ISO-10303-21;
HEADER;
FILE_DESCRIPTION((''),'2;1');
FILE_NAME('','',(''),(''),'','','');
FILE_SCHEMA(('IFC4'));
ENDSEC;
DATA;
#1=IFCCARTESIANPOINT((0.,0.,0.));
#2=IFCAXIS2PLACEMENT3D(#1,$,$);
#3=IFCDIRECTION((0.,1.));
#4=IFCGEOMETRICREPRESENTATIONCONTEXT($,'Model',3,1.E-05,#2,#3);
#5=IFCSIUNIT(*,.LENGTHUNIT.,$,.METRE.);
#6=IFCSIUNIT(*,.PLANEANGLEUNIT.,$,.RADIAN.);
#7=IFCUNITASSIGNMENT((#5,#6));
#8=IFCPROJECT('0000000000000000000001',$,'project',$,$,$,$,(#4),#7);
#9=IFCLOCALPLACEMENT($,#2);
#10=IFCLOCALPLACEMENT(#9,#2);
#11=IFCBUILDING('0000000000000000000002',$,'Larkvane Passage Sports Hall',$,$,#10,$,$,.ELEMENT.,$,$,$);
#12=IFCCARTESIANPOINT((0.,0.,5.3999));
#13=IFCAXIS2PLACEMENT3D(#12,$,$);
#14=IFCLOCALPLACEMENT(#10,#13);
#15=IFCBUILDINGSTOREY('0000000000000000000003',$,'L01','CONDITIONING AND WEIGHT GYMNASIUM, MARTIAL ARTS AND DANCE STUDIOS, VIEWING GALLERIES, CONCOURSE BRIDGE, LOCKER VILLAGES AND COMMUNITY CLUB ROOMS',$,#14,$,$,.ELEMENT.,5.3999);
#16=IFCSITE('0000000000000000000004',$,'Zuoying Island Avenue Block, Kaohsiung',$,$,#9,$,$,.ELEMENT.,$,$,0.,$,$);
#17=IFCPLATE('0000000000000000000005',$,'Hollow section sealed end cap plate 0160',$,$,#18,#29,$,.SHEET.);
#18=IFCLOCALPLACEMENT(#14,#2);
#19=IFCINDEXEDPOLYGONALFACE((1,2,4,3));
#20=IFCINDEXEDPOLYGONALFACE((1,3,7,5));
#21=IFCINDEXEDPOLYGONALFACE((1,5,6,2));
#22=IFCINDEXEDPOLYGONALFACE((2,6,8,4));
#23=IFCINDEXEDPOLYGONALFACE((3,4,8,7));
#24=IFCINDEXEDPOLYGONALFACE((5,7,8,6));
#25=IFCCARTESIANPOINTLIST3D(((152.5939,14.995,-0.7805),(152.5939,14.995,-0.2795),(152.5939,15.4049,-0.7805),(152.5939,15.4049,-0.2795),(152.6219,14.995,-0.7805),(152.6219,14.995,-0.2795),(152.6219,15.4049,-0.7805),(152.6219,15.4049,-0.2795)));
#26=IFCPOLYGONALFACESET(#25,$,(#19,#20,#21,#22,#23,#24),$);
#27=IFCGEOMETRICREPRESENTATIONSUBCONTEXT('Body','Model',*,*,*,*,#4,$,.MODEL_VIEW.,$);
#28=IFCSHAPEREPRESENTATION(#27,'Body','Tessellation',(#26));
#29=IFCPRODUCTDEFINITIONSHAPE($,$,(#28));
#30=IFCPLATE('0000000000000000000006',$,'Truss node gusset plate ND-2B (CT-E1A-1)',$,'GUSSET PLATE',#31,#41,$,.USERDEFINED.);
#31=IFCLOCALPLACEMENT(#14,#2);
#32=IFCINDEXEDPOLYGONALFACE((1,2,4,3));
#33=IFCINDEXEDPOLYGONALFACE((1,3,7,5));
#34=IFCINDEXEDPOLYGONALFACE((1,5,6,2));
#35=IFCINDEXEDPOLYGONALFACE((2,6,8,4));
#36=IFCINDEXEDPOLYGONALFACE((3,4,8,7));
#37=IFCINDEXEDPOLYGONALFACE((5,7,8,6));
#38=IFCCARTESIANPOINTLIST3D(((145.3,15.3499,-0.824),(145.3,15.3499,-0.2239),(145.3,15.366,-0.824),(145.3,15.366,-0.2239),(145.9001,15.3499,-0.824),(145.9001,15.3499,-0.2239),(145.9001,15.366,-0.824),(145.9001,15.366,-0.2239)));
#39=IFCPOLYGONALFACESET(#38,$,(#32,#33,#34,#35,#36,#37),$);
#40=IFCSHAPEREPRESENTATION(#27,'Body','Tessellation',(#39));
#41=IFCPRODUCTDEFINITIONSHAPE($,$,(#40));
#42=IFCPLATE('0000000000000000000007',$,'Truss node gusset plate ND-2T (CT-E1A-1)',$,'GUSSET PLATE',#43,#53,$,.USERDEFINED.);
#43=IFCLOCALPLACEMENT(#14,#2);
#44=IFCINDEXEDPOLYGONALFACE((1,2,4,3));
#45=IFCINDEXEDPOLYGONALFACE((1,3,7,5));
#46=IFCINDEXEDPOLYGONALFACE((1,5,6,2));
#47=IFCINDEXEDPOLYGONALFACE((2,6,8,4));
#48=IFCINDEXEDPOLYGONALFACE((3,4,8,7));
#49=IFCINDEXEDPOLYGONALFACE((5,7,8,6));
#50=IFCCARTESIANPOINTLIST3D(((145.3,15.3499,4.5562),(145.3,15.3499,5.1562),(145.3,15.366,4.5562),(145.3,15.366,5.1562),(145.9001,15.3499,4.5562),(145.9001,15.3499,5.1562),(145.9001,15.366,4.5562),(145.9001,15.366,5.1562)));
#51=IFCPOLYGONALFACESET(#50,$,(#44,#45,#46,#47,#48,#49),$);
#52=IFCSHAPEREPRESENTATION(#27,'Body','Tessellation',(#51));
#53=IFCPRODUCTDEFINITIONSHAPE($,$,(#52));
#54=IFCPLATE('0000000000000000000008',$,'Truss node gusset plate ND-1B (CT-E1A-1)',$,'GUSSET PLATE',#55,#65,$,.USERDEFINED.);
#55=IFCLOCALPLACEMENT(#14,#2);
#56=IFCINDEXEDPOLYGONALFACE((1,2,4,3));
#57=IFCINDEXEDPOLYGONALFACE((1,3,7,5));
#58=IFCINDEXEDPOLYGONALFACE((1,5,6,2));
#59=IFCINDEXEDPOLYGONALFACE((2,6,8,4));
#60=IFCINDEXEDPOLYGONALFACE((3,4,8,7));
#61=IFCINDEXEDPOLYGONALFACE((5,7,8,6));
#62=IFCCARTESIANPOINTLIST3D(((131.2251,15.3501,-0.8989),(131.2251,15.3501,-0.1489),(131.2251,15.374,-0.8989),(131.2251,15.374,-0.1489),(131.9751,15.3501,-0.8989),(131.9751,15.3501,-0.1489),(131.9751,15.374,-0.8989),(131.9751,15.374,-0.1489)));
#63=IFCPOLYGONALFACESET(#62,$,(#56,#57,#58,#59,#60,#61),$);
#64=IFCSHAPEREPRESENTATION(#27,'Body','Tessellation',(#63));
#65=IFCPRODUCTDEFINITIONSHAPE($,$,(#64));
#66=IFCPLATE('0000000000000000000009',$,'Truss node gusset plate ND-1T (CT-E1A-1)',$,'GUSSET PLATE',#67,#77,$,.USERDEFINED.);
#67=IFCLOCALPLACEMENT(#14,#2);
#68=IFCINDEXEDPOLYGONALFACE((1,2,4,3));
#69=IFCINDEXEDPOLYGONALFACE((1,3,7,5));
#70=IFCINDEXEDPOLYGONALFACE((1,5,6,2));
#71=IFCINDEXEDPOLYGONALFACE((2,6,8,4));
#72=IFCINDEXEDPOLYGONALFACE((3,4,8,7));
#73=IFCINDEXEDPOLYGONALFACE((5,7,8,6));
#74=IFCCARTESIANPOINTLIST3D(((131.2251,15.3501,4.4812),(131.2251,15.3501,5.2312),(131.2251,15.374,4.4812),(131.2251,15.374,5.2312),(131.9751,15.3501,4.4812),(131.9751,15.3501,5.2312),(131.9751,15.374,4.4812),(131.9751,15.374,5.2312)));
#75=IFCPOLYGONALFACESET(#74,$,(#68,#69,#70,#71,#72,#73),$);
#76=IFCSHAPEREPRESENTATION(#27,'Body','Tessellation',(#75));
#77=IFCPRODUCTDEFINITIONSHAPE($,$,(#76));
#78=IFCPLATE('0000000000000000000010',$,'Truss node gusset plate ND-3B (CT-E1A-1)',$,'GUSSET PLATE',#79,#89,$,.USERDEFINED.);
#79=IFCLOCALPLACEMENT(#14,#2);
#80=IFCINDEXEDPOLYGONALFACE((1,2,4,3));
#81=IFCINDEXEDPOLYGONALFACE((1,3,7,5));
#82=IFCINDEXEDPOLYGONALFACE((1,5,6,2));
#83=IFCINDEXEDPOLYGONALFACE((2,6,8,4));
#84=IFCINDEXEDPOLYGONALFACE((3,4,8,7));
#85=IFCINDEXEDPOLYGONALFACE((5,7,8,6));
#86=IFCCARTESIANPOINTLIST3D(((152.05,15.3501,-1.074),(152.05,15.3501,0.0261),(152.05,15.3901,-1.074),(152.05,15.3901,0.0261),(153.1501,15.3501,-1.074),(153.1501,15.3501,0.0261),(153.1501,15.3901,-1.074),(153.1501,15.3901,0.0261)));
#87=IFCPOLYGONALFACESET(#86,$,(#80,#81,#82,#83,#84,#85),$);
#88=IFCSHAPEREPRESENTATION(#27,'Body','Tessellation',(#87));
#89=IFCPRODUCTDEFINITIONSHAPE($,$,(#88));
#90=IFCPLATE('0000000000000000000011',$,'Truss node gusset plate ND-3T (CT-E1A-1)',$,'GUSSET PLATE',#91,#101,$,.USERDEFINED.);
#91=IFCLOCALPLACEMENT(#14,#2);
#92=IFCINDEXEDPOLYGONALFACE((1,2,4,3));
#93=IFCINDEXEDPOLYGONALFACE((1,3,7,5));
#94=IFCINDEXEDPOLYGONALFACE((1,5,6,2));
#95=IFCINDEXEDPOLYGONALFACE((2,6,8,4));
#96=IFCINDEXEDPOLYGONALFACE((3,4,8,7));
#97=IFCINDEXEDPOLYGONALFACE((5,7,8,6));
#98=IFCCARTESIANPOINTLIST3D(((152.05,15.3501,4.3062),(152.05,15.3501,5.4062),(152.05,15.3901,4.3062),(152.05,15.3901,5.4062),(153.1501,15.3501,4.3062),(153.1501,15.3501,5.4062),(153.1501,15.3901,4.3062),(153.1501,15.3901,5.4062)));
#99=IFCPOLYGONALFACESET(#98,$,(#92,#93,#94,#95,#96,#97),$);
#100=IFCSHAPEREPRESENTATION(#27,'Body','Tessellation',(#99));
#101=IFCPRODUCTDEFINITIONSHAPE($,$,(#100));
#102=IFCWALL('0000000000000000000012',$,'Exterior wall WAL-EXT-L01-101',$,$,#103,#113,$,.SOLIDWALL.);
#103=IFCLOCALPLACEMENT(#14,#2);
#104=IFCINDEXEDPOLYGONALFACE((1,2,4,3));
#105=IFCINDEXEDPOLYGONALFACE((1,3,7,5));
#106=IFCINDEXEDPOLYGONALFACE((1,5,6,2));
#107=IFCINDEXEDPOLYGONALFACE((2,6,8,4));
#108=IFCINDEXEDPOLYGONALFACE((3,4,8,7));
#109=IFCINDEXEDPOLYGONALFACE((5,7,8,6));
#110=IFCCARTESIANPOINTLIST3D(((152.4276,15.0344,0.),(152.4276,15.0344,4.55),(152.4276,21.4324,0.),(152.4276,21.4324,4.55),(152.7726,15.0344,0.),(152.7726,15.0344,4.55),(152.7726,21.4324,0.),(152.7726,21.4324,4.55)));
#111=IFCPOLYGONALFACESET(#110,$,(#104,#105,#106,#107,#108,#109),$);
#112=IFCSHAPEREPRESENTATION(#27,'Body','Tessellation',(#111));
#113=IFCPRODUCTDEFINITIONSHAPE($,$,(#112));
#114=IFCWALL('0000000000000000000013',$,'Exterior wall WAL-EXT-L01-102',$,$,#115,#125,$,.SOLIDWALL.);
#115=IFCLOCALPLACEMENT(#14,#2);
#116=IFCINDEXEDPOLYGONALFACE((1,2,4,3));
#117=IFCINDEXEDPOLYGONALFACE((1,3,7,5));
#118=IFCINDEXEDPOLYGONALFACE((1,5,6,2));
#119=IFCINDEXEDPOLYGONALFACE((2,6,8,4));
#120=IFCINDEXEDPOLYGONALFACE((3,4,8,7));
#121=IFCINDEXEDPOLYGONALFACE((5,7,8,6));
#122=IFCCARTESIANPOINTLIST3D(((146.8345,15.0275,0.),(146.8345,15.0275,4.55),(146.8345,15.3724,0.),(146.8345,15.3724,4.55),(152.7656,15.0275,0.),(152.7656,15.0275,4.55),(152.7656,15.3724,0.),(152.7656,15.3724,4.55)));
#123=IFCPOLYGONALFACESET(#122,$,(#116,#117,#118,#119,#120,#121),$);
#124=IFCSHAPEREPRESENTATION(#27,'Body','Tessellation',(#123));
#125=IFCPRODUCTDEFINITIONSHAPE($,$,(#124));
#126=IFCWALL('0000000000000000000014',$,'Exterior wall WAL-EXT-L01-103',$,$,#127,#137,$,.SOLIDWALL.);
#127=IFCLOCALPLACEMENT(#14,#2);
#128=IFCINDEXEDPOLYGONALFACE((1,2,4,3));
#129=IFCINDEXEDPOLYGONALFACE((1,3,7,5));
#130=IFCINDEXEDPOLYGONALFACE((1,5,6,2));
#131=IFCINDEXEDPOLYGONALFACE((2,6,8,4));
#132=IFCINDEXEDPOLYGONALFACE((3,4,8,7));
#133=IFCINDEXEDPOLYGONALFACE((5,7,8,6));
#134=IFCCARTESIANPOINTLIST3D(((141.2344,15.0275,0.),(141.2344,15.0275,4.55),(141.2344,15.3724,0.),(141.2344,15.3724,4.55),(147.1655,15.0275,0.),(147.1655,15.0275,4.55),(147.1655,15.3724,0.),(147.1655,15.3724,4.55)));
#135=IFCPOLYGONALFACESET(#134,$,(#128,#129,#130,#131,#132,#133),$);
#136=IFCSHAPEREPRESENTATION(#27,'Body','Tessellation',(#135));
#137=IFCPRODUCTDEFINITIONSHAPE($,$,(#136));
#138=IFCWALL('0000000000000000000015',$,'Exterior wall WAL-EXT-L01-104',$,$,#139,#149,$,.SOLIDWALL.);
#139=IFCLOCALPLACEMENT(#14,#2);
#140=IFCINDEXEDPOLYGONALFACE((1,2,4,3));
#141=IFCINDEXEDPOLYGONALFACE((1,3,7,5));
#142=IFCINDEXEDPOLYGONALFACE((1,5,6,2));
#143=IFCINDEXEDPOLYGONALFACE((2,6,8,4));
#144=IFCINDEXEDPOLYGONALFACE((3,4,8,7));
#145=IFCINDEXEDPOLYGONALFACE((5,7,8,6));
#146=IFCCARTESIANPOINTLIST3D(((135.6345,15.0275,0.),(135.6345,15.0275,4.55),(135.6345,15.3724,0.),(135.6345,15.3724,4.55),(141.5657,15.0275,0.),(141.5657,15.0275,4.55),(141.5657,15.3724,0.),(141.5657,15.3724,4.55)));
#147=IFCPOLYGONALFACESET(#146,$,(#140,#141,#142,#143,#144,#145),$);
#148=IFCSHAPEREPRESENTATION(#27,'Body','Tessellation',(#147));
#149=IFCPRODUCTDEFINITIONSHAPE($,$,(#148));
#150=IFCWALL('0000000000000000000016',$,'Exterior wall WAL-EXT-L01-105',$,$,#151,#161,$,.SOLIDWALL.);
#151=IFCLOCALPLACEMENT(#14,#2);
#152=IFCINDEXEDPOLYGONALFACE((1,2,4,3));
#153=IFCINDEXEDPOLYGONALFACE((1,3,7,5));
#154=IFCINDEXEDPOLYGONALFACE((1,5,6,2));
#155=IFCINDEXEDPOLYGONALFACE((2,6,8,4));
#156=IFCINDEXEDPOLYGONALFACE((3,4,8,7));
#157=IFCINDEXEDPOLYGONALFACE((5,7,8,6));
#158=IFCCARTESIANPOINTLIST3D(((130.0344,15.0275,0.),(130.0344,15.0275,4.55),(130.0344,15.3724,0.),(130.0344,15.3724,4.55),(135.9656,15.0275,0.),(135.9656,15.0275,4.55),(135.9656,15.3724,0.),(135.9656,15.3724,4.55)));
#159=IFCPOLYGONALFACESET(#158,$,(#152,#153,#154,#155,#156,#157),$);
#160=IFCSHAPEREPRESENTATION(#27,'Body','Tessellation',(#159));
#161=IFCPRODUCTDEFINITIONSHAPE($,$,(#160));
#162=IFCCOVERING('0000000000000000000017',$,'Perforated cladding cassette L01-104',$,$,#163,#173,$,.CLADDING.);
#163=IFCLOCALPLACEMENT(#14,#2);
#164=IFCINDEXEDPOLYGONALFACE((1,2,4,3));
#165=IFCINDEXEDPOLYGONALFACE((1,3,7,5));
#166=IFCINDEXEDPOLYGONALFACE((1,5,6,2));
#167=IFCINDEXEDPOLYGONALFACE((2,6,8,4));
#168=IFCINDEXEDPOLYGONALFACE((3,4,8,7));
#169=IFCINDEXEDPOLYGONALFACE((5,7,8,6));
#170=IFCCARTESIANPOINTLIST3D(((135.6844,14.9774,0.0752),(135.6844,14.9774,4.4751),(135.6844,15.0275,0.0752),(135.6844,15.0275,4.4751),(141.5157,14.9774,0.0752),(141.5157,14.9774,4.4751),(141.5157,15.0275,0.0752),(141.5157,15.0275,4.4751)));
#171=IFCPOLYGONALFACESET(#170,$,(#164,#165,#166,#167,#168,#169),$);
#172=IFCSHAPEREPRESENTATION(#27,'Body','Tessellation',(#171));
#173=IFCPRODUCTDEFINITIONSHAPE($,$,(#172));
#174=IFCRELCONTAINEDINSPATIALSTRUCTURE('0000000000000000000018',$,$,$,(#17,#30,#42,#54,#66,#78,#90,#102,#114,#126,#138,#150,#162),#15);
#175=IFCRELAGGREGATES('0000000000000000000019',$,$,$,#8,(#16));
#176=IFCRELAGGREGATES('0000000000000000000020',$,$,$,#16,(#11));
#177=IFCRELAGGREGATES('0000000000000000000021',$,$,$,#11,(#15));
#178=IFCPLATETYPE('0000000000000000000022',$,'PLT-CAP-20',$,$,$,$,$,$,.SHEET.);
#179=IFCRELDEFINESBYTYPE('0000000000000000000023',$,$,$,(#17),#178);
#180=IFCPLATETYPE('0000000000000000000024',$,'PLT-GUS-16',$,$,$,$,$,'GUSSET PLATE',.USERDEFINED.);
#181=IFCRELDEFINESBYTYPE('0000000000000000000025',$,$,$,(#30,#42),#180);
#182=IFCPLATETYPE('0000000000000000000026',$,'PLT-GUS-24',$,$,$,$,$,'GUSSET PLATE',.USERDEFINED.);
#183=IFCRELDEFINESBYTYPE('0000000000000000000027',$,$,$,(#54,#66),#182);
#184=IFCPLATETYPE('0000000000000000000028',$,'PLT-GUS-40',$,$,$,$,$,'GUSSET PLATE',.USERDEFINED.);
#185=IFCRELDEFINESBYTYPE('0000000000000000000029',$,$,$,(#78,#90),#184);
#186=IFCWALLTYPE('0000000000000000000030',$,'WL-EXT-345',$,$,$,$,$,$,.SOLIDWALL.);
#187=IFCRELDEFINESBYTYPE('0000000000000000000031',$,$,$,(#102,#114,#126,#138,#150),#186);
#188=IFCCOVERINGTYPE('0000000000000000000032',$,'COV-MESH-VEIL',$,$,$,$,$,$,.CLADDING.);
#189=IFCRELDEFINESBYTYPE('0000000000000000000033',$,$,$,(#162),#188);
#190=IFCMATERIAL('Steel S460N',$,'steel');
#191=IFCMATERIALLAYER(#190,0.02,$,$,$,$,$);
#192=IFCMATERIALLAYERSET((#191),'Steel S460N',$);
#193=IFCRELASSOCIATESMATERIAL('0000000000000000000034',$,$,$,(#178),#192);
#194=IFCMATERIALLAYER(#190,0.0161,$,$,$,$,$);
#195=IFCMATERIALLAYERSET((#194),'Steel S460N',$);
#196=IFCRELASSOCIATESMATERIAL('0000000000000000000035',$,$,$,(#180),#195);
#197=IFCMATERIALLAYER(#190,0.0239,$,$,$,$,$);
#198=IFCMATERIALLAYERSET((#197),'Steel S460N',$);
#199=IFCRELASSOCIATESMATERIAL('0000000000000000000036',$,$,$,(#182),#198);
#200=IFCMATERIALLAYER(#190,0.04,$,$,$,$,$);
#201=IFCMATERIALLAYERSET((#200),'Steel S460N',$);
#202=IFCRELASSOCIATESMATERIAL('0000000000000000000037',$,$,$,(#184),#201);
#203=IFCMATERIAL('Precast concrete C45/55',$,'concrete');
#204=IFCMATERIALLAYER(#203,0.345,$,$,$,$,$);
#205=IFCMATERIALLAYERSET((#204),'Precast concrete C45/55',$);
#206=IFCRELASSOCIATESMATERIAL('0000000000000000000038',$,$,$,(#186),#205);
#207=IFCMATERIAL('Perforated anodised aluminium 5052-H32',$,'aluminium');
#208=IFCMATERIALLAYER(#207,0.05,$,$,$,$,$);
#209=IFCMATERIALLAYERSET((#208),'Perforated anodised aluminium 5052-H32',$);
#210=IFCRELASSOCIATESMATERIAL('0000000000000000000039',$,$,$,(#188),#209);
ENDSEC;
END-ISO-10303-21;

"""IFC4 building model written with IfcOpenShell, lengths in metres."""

from ifc_helpers import new_model, si_unit, direction, frame, frame_2d, origin, origin_2d, place, context, subcontext, project, spatial, rectangle, extrude, material, layer, layer_set, type_object, element, save


model = new_model("IFC4")

# Units and contexts
model_context = context("Model", 3, precision=1e-05, world=origin(), true_north=direction((0.0, 1.0)))
body_context = subcontext(model_context, "Body", "Model", "MODEL_VIEW")
ifc_project = project(units=[si_unit("LENGTHUNIT", "METRE"), si_unit("PLANEANGLEUNIT", "RADIAN")], contexts=[model_context])

# Site, building, storey
site_placement = place(None, origin())
site = spatial("IfcSite", under=ifc_project, at=site_placement, Name="Zuoying Island Avenue Block, Kaohsiung", CompositionType="ELEMENT", RefElevation=0.0)
building_placement = place(site_placement, origin())
building = spatial("IfcBuilding", under=site, at=building_placement, Name="Larkvane Passage Sports Hall", CompositionType="ELEMENT")
storey_placement = place(building_placement, frame((0.0, 0.0, 5.3999)))
storey = spatial("IfcBuildingStorey", under=building, at=storey_placement, Name="L01", Description="CONDITIONING AND WEIGHT GYMNASIUM, MARTIAL ARTS AND DANCE STUDIOS, VIEWING GALLERIES, CONCOURSE BRIDGE, LOCKER VILLAGES AND COMMUNITY CLUB ROOMS", CompositionType="ELEMENT", Elevation=5.3999)

# Shared definitions
ifc_material_1 = material(Name="Steel S460N", Category="steel")

# Plates
ifc_layer_1 = layer(ifc_material_1, 0.02)
ifc_layer_set_1 = layer_set([ifc_layer_1], Name="Steel S460N")
plate_type_1 = type_object("IfcPlateType", Name="PLT-CAP-20", PredefinedType="SHEET", material=ifc_layer_set_1)
plate_1_placement = place(storey_placement, frame((152.6079, 15.2, -0.7805), z_axis=(0.0, 0.0, 1.0), x_axis=(0.0, 1.0, 0.0)))
element("IfcPlate", 1, at=plate_1_placement, inside=storey, type_object=plate_type_1, Name="Hollow section sealed end cap plate 0160", PredefinedType="SHEET", context=body_context, shape_type="SweptSolid", body=[
    extrude(rectangle(XDim=0.4099, YDim=0.0281, at=origin_2d()), origin(), (0.0, 0.0, 1.0), 0.501),
])
ifc_layer_2 = layer(ifc_material_1, 0.0161)
ifc_layer_set_2 = layer_set([ifc_layer_2], Name="Steel S460N")
plate_type_2 = type_object("IfcPlateType", Name="PLT-GUS-16", ElementType="GUSSET PLATE", PredefinedType="USERDEFINED", material=ifc_layer_set_2)
for number, where, z_axis, x_axis, name in (
    (2, (145.6001, 15.3579, -0.824), (0.0, 0.0, 1.0), (1.0, 0.0, 0.0), "Truss node gusset plate ND-2B (CT-E1A-1)"),
    (3, (145.6001, 15.3579, 4.5562), (0.0, 0.0, 1.0), (1.0, 0.0, 0.0), "Truss node gusset plate ND-2T (CT-E1A-1)"),
):
    element("IfcPlate", number, at=place(storey_placement, frame(where, z_axis=z_axis, x_axis=x_axis)), inside=storey, type_object=plate_type_2, Name=name, ObjectType="GUSSET PLATE", PredefinedType="USERDEFINED", context=body_context, shape_type="SweptSolid", body=[
        extrude(rectangle(XDim=0.6001, YDim=0.0161, at=origin_2d()), origin(), (0.0, 0.0, 1.0), 0.6001),
    ])
ifc_layer_3 = layer(ifc_material_1, 0.0239)
ifc_layer_set_3 = layer_set([ifc_layer_3], Name="Steel S460N")
plate_type_3 = type_object("IfcPlateType", Name="PLT-GUS-24", ElementType="GUSSET PLATE", PredefinedType="USERDEFINED", material=ifc_layer_set_3)
for number, where, z_axis, x_axis, name in (
    (4, (131.6001, 15.3621, -0.8989), (0.0, 0.0, 1.0), (1.0, 0.0, 0.0), "Truss node gusset plate ND-1B (CT-E1A-1)"),
    (5, (131.6001, 15.3621, 4.4812), (0.0, 0.0, 1.0), (1.0, 0.0, 0.0), "Truss node gusset plate ND-1T (CT-E1A-1)"),
):
    element("IfcPlate", number, at=place(storey_placement, frame(where, z_axis=z_axis, x_axis=x_axis)), inside=storey, type_object=plate_type_3, Name=name, ObjectType="GUSSET PLATE", PredefinedType="USERDEFINED", context=body_context, shape_type="SweptSolid", body=[
        extrude(rectangle(XDim=0.75, YDim=0.0239, at=origin_2d()), origin(), (0.0, 0.0, 1.0), 0.75),
    ])
ifc_layer_4 = layer(ifc_material_1, 0.04)
ifc_layer_set_4 = layer_set([ifc_layer_4], Name="Steel S460N")
plate_type_4 = type_object("IfcPlateType", Name="PLT-GUS-40", ElementType="GUSSET PLATE", PredefinedType="USERDEFINED", material=ifc_layer_set_4)
for number, where, z_axis, x_axis, name in (
    (6, (152.6001, 15.3701, -1.074), (0.0, 0.0, 1.0), (1.0, 0.0, 0.0), "Truss node gusset plate ND-3B (CT-E1A-1)"),
    (7, (152.6001, 15.3701, 4.3062), (0.0, 0.0, 1.0), (1.0, 0.0, 0.0), "Truss node gusset plate ND-3T (CT-E1A-1)"),
):
    element("IfcPlate", number, at=place(storey_placement, frame(where, z_axis=z_axis, x_axis=x_axis)), inside=storey, type_object=plate_type_4, Name=name, ObjectType="GUSSET PLATE", PredefinedType="USERDEFINED", context=body_context, shape_type="SweptSolid", body=[
        extrude(rectangle(XDim=1.1001, YDim=0.04, at=origin_2d()), origin(), (0.0, 0.0, 1.0), 1.1001),
    ])

# Walls
ifc_material_2 = material(Name="Precast concrete C45/55", Category="concrete")
ifc_layer_5 = layer(ifc_material_2, 0.345)
ifc_layer_set_5 = layer_set([ifc_layer_5], Name="Precast concrete C45/55")
wall_type = type_object("IfcWallType", Name="WL-EXT-345", PredefinedType="SOLIDWALL", material=ifc_layer_set_5)
wall_placement = place(storey_placement, frame((152.6001, 21.4324, 0.0), z_axis=(0.0, 0.0, 1.0), x_axis=(0.0, -1.0, 0.0)))
element("IfcWall", 8, at=wall_placement, inside=storey, type_object=wall_type, Name="Exterior wall WAL-EXT-L01-101", PredefinedType="SOLIDWALL", context=body_context, shape_type="SweptSolid", body=[
    extrude(rectangle(XDim=6.3979, YDim=0.345, at=frame_2d((3.199, 0.0))), origin(), (0.0, 0.0, 1.0), 4.55),
])
for number, where, z_axis, x_axis, name in (
    (9, (152.7656, 15.2, 0.0), (0.0, 0.0, 1.0), (-1.0, 0.0, 0.0), "Exterior wall WAL-EXT-L01-102"),
    (10, (147.1655, 15.2, 0.0), (0.0, 0.0, 1.0), (-1.0, 0.0, 0.0), "Exterior wall WAL-EXT-L01-103"),
    (11, (141.5657, 15.2, 0.0), (0.0, 0.0, 1.0), (-1.0, 0.0, 0.0), "Exterior wall WAL-EXT-L01-104"),
    (12, (135.9656, 15.2, 0.0), (0.0, 0.0, 1.0), (-1.0, 0.0, 0.0), "Exterior wall WAL-EXT-L01-105"),
):
    element("IfcWall", number, at=place(storey_placement, frame(where, z_axis=z_axis, x_axis=x_axis)), inside=storey, type_object=wall_type, Name=name, PredefinedType="SOLIDWALL", context=body_context, shape_type="SweptSolid", body=[
        extrude(rectangle(XDim=5.9312, YDim=0.345, at=frame_2d((2.9656, 0.0))), origin(), (0.0, 0.0, 1.0), 4.55),
    ])

# Covering
ifc_material_3 = material(Name="Perforated anodised aluminium 5052-H32", Category="aluminium")
ifc_layer_6 = layer(ifc_material_3, 0.05)
ifc_layer_set_6 = layer_set([ifc_layer_6], Name="Perforated anodised aluminium 5052-H32")
covering_type = type_object("IfcCoveringType", Name="COV-MESH-VEIL", PredefinedType="CLADDING", material=ifc_layer_set_6)
covering_placement = place(storey_placement, frame((138.6001, 15.0024, 0.0752), z_axis=(0.0, 0.0, 1.0), x_axis=(-1.0, 0.0, 0.0)))
element("IfcCovering", 13, at=covering_placement, inside=storey, type_object=covering_type, Name="Perforated cladding cassette L01-104", PredefinedType="CLADDING", context=body_context, shape_type="SweptSolid", body=[
    extrude(rectangle(XDim=5.8313, YDim=0.05, at=origin_2d()), origin(), (0.0, 0.0, 1.0), 4.3999),
])

save(model, "model.ifc")
